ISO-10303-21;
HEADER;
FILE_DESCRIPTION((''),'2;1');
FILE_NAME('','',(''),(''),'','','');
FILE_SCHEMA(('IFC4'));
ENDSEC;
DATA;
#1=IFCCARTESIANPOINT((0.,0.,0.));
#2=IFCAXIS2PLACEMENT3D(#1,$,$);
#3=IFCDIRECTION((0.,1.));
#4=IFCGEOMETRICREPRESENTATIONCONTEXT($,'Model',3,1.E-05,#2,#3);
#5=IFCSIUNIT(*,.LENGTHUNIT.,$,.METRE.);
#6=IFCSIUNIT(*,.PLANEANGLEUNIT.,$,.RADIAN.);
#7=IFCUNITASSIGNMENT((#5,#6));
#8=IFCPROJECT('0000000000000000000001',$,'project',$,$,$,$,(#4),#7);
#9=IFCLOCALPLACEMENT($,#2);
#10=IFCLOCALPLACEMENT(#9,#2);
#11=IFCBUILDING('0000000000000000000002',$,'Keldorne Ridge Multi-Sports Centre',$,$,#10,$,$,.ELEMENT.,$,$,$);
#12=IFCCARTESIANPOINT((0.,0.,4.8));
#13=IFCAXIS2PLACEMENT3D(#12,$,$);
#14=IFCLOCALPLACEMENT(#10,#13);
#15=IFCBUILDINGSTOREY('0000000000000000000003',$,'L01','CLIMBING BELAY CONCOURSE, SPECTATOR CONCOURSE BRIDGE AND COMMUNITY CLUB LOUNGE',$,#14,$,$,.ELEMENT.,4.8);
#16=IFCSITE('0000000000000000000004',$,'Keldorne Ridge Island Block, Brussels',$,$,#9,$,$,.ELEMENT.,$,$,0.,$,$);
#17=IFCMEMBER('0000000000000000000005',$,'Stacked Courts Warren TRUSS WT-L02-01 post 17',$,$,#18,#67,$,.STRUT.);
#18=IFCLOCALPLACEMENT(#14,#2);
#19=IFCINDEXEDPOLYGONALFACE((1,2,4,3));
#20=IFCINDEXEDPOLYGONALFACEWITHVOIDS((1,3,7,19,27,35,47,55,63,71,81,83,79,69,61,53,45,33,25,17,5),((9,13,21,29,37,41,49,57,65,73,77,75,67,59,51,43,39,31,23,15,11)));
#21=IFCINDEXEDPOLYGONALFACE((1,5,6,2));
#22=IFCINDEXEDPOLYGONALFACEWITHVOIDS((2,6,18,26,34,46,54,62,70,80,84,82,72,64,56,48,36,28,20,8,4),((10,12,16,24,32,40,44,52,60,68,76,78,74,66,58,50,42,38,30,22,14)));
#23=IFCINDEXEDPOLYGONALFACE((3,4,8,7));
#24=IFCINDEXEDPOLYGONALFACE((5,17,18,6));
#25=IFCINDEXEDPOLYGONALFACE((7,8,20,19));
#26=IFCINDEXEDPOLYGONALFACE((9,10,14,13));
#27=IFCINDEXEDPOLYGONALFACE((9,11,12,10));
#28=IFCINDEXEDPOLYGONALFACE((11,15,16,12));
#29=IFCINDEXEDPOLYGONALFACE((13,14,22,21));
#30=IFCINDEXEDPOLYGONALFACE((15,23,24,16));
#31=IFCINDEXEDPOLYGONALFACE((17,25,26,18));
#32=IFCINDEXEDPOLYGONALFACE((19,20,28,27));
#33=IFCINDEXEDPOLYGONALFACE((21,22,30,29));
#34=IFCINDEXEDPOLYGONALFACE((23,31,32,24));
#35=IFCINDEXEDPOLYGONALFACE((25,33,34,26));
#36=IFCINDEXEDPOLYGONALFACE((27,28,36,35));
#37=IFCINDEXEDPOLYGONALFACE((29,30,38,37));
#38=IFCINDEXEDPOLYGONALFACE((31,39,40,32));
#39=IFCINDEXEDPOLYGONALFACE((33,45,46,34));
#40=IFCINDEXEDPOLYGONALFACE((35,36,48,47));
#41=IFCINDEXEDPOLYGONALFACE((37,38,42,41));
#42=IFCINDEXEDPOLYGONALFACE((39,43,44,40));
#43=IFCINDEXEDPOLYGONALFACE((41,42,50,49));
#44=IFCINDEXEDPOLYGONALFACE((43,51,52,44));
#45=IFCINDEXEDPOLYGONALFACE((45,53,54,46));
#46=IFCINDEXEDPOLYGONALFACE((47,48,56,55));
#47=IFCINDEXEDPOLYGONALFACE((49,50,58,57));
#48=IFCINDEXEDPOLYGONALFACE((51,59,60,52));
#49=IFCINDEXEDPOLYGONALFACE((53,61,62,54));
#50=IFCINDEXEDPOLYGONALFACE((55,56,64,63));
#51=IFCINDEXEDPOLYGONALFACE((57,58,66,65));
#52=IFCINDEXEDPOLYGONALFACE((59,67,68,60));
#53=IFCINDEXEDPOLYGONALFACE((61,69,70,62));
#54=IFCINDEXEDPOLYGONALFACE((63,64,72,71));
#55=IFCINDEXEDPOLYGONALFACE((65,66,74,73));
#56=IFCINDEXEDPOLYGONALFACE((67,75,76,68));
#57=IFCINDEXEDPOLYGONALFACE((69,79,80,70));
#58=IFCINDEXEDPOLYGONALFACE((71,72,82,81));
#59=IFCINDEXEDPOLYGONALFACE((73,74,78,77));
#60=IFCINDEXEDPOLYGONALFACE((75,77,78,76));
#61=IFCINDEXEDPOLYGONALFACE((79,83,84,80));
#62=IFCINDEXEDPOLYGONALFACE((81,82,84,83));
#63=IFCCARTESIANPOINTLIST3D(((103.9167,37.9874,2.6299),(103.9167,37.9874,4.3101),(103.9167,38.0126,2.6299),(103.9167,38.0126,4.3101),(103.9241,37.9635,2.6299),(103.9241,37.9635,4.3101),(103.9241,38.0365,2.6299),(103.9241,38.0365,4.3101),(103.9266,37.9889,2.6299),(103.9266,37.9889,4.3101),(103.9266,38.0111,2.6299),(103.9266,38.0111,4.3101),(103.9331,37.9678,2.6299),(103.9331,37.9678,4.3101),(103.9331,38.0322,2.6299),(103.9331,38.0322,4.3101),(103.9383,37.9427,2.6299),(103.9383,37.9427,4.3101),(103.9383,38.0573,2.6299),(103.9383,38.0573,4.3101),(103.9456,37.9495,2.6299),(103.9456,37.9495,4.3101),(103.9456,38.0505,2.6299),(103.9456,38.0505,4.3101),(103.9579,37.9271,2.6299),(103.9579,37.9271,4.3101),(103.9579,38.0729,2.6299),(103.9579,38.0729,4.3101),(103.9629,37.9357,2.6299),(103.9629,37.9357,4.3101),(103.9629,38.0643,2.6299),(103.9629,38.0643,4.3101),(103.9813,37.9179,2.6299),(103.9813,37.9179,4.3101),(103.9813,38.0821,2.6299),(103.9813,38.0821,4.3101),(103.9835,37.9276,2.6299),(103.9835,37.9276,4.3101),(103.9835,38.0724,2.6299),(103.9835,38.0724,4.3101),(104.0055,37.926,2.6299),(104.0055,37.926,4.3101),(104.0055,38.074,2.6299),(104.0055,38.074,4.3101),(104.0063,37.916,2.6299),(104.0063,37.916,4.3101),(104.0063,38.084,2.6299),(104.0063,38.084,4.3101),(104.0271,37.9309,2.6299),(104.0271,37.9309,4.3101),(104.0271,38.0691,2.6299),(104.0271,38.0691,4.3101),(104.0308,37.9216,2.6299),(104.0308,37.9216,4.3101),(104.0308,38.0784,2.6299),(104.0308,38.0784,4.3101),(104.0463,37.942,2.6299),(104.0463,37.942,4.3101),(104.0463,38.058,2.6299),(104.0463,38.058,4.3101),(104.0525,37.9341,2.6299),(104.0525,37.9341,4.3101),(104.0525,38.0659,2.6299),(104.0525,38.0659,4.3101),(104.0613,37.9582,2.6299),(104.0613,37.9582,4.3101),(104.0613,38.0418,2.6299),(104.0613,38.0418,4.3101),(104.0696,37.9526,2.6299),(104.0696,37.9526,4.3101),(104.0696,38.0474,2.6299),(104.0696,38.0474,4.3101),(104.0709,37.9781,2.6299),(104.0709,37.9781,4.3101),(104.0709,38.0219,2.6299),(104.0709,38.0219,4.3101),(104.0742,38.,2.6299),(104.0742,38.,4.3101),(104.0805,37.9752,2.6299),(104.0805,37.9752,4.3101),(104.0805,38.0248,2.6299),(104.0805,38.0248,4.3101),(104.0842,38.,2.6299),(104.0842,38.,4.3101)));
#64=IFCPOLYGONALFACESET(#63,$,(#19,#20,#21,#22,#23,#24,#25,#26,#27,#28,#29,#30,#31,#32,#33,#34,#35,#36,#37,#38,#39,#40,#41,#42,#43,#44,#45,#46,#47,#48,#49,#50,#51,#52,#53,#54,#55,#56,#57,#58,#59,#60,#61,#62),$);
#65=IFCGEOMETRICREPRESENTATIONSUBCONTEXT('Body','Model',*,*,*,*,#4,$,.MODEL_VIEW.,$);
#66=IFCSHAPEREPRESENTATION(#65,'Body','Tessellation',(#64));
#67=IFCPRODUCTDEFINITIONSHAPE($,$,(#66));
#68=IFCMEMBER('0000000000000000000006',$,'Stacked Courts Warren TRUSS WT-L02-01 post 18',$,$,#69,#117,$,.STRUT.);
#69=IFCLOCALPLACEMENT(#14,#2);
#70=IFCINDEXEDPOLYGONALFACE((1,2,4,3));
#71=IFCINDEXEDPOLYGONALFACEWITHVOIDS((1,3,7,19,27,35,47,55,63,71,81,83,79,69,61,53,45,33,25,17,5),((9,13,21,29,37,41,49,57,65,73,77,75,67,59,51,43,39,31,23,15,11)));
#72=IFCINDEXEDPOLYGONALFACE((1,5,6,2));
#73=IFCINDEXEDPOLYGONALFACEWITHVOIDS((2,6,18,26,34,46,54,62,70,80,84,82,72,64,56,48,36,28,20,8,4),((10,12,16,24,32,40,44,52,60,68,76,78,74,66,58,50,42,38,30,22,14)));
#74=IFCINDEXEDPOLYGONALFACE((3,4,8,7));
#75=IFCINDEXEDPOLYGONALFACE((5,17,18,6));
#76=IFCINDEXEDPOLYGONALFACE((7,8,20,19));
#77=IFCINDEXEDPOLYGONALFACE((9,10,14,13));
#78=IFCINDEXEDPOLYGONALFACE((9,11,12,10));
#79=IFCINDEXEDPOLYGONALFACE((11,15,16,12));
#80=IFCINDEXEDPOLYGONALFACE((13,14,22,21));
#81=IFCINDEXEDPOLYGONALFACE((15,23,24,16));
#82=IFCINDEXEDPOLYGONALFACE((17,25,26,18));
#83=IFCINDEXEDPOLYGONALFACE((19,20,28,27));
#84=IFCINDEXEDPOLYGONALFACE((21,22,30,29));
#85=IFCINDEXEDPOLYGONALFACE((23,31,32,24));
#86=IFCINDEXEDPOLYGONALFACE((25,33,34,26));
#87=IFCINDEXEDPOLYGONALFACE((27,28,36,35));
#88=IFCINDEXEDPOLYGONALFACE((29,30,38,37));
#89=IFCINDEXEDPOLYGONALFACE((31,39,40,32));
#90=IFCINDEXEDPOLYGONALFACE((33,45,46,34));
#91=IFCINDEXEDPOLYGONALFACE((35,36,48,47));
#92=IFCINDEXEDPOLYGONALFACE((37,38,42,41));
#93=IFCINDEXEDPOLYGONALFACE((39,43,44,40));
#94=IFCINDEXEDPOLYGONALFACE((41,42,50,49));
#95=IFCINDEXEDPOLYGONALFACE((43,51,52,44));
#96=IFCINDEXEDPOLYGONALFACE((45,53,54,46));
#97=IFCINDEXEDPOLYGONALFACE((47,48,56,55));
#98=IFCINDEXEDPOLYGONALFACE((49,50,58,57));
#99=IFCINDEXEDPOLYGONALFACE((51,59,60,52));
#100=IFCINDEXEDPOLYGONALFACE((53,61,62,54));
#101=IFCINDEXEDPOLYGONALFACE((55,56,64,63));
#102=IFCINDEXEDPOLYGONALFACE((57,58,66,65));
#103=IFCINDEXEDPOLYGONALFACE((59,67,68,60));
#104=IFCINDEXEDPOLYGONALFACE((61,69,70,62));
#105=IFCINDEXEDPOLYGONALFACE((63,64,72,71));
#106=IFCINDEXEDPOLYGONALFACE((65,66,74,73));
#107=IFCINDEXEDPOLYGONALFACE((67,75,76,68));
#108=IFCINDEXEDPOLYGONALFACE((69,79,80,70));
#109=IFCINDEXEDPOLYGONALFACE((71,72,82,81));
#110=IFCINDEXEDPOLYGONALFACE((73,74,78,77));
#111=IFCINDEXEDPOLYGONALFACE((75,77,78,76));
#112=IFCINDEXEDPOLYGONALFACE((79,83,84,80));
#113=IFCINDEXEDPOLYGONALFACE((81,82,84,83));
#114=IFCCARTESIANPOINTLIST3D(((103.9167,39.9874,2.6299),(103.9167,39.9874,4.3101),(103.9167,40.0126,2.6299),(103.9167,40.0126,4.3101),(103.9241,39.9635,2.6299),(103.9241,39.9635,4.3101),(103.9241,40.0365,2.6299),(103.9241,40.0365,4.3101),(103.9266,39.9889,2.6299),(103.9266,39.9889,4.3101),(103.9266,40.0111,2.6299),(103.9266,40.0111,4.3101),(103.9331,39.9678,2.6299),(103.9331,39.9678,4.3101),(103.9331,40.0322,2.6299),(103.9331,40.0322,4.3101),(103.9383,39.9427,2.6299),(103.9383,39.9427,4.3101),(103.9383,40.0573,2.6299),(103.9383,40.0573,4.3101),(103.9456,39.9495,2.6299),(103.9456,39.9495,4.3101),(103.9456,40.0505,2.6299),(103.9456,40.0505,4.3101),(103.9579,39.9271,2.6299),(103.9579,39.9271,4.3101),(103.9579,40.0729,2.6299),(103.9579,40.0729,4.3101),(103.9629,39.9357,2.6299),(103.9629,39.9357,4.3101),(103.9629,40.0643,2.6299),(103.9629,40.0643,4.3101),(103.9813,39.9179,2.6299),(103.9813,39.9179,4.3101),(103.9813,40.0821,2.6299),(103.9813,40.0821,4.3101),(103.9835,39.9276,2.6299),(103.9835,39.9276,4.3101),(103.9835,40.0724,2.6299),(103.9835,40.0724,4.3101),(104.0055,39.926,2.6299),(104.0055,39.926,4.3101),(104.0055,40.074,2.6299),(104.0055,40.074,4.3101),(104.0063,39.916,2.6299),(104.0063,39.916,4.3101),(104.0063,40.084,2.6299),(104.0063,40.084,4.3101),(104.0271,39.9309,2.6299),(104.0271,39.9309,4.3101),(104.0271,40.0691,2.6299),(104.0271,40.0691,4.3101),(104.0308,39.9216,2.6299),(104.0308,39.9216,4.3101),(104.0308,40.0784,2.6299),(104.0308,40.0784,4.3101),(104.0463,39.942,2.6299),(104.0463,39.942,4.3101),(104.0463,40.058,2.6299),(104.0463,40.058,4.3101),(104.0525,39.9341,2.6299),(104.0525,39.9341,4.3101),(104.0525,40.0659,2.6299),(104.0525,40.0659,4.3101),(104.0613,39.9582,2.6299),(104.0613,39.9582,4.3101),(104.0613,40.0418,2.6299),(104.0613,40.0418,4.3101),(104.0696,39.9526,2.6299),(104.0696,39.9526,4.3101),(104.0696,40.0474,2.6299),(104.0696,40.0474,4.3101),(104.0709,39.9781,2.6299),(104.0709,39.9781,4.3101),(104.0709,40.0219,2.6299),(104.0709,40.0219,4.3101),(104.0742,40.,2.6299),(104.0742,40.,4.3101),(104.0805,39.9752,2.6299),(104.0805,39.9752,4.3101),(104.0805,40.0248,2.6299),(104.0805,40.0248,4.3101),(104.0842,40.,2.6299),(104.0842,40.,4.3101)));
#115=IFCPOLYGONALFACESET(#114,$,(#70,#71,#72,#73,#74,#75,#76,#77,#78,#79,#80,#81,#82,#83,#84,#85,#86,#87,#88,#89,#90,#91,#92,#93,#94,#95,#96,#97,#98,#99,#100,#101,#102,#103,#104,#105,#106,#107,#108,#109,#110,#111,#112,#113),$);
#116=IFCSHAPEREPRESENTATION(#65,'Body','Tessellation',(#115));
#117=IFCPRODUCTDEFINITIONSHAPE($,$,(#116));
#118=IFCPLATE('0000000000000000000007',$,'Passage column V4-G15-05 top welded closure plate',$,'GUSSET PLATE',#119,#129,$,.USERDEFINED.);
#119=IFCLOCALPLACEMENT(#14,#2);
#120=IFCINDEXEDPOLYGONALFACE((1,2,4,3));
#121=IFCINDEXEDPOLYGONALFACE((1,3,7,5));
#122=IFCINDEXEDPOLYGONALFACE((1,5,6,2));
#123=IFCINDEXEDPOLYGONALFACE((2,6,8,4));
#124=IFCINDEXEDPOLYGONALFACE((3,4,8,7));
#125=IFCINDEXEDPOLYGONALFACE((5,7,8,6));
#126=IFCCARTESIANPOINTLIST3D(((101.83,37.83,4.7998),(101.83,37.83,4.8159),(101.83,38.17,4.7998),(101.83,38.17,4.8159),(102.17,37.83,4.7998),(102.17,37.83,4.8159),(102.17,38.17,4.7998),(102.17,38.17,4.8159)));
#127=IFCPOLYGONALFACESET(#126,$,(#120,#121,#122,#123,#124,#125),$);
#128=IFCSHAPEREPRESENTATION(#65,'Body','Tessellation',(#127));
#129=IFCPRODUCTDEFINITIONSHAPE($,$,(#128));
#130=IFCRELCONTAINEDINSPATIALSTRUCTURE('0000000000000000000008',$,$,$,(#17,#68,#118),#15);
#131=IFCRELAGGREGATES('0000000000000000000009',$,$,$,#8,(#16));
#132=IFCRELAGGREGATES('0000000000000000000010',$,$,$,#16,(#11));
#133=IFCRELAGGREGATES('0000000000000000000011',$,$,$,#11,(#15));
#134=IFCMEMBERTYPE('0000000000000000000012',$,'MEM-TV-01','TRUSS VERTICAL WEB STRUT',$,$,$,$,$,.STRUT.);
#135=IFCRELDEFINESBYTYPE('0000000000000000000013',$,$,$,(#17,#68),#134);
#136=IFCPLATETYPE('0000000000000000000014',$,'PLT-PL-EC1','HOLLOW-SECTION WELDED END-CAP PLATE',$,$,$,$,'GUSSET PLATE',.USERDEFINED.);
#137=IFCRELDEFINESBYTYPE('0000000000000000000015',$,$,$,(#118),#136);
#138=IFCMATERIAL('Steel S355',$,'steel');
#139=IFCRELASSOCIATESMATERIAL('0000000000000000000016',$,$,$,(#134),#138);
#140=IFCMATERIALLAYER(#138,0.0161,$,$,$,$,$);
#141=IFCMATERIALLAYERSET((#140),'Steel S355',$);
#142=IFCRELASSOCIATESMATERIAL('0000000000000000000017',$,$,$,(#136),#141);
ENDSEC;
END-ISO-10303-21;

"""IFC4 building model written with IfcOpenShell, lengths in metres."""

from ifc_helpers import new_model, si_unit, direction, frame, origin, origin_2d, place, context, subcontext, project, spatial, rectangle, hollow_circle, extrude, material, layer, layer_set, material_profile, profile_set, type_object, element, save


model = new_model("IFC4")

# Units and contexts
model_context = context("Model", 3, precision=1e-05, world=origin(), true_north=direction((0.0, 1.0)))
body_context = subcontext(model_context, "Body", "Model", "MODEL_VIEW")
ifc_project = project(units=[si_unit("LENGTHUNIT", "METRE"), si_unit("PLANEANGLEUNIT", "RADIAN")], contexts=[model_context])

# Site, building, storey
site_placement = place(None, origin())
site = spatial("IfcSite", under=ifc_project, at=site_placement, Name="Keldorne Ridge Island Block, Brussels", CompositionType="ELEMENT", RefElevation=0.0)
building_placement = place(site_placement, origin())
building = spatial("IfcBuilding", under=site, at=building_placement, Name="Keldorne Ridge Multi-Sports Centre", CompositionType="ELEMENT")
storey_placement = place(building_placement, frame((0.0, 0.0, 4.8)))
storey = spatial("IfcBuildingStorey", under=building, at=storey_placement, Name="L01", Description="CLIMBING BELAY CONCOURSE, SPECTATOR CONCOURSE BRIDGE AND COMMUNITY CLUB LOUNGE", CompositionType="ELEMENT", Elevation=4.8)

# Shared definitions
ifc_material = material(Name="Steel S355", Category="steel")

# Members
ifc_material_profile_1 = material_profile(ifc_material, hollow_circle(Radius=0.0842, WallThickness=0.01, at=origin_2d()), Name="CHS 168.3x10")
ifc_profile_set_1 = profile_set([ifc_material_profile_1], Name="Steel S355")
member_type_1 = type_object("IfcMemberType", Name="MEM-TV-01", Description="TRUSS VERTICAL WEB STRUT", PredefinedType="STRUT", material=ifc_profile_set_1)
for number, where, z_axis, x_axis, name in (
    (1, (104.0, 38.0, 2.6299), (0.0, 0.0, 1.0), (1.0, 0.0, 0.0), "Stacked Courts Warren TRUSS WT-L02-01 post 17"),
    (2, (104.0, 40.0, 2.6299), (0.0, 0.0, 1.0), (1.0, 0.0, 0.0), "Stacked Courts Warren TRUSS WT-L02-01 post 18"),
):
    element("IfcMember", number, at=place(storey_placement, frame(where, z_axis=z_axis, x_axis=x_axis)), inside=storey, type_object=member_type_1, Name=name, PredefinedType="STRUT", context=body_context, shape_type="SweptSolid", body=[
        extrude(hollow_circle(Radius=0.0842, WallThickness=0.01, at=origin_2d()), origin(), (0.0, 0.0, 1.0), 1.6802),
    ])

# Plate
ifc_layer = layer(ifc_material, 0.0161)
ifc_layer_set = layer_set([ifc_layer], Name="Steel S355")
plate_type = type_object("IfcPlateType", Name="PLT-PL-EC1", Description="HOLLOW-SECTION WELDED END-CAP PLATE", ElementType="GUSSET PLATE", PredefinedType="USERDEFINED", material=ifc_layer_set)
plate_placement = place(storey_placement, frame((102.0, 38.0, 4.7998), z_axis=(0.0, 0.0, 1.0), x_axis=(1.0, 0.0, 0.0)))
element("IfcPlate", 3, at=plate_placement, inside=storey, type_object=plate_type, Name="Passage column V4-G15-05 top welded closure plate", ObjectType="GUSSET PLATE", PredefinedType="USERDEFINED", context=body_context, shape_type="SweptSolid", body=[
    extrude(rectangle(XDim=0.3401, YDim=0.3401, at=origin_2d()), origin(), (0.0, 0.0, 1.0), 0.0161),
])

save(model, "model.ifc")
